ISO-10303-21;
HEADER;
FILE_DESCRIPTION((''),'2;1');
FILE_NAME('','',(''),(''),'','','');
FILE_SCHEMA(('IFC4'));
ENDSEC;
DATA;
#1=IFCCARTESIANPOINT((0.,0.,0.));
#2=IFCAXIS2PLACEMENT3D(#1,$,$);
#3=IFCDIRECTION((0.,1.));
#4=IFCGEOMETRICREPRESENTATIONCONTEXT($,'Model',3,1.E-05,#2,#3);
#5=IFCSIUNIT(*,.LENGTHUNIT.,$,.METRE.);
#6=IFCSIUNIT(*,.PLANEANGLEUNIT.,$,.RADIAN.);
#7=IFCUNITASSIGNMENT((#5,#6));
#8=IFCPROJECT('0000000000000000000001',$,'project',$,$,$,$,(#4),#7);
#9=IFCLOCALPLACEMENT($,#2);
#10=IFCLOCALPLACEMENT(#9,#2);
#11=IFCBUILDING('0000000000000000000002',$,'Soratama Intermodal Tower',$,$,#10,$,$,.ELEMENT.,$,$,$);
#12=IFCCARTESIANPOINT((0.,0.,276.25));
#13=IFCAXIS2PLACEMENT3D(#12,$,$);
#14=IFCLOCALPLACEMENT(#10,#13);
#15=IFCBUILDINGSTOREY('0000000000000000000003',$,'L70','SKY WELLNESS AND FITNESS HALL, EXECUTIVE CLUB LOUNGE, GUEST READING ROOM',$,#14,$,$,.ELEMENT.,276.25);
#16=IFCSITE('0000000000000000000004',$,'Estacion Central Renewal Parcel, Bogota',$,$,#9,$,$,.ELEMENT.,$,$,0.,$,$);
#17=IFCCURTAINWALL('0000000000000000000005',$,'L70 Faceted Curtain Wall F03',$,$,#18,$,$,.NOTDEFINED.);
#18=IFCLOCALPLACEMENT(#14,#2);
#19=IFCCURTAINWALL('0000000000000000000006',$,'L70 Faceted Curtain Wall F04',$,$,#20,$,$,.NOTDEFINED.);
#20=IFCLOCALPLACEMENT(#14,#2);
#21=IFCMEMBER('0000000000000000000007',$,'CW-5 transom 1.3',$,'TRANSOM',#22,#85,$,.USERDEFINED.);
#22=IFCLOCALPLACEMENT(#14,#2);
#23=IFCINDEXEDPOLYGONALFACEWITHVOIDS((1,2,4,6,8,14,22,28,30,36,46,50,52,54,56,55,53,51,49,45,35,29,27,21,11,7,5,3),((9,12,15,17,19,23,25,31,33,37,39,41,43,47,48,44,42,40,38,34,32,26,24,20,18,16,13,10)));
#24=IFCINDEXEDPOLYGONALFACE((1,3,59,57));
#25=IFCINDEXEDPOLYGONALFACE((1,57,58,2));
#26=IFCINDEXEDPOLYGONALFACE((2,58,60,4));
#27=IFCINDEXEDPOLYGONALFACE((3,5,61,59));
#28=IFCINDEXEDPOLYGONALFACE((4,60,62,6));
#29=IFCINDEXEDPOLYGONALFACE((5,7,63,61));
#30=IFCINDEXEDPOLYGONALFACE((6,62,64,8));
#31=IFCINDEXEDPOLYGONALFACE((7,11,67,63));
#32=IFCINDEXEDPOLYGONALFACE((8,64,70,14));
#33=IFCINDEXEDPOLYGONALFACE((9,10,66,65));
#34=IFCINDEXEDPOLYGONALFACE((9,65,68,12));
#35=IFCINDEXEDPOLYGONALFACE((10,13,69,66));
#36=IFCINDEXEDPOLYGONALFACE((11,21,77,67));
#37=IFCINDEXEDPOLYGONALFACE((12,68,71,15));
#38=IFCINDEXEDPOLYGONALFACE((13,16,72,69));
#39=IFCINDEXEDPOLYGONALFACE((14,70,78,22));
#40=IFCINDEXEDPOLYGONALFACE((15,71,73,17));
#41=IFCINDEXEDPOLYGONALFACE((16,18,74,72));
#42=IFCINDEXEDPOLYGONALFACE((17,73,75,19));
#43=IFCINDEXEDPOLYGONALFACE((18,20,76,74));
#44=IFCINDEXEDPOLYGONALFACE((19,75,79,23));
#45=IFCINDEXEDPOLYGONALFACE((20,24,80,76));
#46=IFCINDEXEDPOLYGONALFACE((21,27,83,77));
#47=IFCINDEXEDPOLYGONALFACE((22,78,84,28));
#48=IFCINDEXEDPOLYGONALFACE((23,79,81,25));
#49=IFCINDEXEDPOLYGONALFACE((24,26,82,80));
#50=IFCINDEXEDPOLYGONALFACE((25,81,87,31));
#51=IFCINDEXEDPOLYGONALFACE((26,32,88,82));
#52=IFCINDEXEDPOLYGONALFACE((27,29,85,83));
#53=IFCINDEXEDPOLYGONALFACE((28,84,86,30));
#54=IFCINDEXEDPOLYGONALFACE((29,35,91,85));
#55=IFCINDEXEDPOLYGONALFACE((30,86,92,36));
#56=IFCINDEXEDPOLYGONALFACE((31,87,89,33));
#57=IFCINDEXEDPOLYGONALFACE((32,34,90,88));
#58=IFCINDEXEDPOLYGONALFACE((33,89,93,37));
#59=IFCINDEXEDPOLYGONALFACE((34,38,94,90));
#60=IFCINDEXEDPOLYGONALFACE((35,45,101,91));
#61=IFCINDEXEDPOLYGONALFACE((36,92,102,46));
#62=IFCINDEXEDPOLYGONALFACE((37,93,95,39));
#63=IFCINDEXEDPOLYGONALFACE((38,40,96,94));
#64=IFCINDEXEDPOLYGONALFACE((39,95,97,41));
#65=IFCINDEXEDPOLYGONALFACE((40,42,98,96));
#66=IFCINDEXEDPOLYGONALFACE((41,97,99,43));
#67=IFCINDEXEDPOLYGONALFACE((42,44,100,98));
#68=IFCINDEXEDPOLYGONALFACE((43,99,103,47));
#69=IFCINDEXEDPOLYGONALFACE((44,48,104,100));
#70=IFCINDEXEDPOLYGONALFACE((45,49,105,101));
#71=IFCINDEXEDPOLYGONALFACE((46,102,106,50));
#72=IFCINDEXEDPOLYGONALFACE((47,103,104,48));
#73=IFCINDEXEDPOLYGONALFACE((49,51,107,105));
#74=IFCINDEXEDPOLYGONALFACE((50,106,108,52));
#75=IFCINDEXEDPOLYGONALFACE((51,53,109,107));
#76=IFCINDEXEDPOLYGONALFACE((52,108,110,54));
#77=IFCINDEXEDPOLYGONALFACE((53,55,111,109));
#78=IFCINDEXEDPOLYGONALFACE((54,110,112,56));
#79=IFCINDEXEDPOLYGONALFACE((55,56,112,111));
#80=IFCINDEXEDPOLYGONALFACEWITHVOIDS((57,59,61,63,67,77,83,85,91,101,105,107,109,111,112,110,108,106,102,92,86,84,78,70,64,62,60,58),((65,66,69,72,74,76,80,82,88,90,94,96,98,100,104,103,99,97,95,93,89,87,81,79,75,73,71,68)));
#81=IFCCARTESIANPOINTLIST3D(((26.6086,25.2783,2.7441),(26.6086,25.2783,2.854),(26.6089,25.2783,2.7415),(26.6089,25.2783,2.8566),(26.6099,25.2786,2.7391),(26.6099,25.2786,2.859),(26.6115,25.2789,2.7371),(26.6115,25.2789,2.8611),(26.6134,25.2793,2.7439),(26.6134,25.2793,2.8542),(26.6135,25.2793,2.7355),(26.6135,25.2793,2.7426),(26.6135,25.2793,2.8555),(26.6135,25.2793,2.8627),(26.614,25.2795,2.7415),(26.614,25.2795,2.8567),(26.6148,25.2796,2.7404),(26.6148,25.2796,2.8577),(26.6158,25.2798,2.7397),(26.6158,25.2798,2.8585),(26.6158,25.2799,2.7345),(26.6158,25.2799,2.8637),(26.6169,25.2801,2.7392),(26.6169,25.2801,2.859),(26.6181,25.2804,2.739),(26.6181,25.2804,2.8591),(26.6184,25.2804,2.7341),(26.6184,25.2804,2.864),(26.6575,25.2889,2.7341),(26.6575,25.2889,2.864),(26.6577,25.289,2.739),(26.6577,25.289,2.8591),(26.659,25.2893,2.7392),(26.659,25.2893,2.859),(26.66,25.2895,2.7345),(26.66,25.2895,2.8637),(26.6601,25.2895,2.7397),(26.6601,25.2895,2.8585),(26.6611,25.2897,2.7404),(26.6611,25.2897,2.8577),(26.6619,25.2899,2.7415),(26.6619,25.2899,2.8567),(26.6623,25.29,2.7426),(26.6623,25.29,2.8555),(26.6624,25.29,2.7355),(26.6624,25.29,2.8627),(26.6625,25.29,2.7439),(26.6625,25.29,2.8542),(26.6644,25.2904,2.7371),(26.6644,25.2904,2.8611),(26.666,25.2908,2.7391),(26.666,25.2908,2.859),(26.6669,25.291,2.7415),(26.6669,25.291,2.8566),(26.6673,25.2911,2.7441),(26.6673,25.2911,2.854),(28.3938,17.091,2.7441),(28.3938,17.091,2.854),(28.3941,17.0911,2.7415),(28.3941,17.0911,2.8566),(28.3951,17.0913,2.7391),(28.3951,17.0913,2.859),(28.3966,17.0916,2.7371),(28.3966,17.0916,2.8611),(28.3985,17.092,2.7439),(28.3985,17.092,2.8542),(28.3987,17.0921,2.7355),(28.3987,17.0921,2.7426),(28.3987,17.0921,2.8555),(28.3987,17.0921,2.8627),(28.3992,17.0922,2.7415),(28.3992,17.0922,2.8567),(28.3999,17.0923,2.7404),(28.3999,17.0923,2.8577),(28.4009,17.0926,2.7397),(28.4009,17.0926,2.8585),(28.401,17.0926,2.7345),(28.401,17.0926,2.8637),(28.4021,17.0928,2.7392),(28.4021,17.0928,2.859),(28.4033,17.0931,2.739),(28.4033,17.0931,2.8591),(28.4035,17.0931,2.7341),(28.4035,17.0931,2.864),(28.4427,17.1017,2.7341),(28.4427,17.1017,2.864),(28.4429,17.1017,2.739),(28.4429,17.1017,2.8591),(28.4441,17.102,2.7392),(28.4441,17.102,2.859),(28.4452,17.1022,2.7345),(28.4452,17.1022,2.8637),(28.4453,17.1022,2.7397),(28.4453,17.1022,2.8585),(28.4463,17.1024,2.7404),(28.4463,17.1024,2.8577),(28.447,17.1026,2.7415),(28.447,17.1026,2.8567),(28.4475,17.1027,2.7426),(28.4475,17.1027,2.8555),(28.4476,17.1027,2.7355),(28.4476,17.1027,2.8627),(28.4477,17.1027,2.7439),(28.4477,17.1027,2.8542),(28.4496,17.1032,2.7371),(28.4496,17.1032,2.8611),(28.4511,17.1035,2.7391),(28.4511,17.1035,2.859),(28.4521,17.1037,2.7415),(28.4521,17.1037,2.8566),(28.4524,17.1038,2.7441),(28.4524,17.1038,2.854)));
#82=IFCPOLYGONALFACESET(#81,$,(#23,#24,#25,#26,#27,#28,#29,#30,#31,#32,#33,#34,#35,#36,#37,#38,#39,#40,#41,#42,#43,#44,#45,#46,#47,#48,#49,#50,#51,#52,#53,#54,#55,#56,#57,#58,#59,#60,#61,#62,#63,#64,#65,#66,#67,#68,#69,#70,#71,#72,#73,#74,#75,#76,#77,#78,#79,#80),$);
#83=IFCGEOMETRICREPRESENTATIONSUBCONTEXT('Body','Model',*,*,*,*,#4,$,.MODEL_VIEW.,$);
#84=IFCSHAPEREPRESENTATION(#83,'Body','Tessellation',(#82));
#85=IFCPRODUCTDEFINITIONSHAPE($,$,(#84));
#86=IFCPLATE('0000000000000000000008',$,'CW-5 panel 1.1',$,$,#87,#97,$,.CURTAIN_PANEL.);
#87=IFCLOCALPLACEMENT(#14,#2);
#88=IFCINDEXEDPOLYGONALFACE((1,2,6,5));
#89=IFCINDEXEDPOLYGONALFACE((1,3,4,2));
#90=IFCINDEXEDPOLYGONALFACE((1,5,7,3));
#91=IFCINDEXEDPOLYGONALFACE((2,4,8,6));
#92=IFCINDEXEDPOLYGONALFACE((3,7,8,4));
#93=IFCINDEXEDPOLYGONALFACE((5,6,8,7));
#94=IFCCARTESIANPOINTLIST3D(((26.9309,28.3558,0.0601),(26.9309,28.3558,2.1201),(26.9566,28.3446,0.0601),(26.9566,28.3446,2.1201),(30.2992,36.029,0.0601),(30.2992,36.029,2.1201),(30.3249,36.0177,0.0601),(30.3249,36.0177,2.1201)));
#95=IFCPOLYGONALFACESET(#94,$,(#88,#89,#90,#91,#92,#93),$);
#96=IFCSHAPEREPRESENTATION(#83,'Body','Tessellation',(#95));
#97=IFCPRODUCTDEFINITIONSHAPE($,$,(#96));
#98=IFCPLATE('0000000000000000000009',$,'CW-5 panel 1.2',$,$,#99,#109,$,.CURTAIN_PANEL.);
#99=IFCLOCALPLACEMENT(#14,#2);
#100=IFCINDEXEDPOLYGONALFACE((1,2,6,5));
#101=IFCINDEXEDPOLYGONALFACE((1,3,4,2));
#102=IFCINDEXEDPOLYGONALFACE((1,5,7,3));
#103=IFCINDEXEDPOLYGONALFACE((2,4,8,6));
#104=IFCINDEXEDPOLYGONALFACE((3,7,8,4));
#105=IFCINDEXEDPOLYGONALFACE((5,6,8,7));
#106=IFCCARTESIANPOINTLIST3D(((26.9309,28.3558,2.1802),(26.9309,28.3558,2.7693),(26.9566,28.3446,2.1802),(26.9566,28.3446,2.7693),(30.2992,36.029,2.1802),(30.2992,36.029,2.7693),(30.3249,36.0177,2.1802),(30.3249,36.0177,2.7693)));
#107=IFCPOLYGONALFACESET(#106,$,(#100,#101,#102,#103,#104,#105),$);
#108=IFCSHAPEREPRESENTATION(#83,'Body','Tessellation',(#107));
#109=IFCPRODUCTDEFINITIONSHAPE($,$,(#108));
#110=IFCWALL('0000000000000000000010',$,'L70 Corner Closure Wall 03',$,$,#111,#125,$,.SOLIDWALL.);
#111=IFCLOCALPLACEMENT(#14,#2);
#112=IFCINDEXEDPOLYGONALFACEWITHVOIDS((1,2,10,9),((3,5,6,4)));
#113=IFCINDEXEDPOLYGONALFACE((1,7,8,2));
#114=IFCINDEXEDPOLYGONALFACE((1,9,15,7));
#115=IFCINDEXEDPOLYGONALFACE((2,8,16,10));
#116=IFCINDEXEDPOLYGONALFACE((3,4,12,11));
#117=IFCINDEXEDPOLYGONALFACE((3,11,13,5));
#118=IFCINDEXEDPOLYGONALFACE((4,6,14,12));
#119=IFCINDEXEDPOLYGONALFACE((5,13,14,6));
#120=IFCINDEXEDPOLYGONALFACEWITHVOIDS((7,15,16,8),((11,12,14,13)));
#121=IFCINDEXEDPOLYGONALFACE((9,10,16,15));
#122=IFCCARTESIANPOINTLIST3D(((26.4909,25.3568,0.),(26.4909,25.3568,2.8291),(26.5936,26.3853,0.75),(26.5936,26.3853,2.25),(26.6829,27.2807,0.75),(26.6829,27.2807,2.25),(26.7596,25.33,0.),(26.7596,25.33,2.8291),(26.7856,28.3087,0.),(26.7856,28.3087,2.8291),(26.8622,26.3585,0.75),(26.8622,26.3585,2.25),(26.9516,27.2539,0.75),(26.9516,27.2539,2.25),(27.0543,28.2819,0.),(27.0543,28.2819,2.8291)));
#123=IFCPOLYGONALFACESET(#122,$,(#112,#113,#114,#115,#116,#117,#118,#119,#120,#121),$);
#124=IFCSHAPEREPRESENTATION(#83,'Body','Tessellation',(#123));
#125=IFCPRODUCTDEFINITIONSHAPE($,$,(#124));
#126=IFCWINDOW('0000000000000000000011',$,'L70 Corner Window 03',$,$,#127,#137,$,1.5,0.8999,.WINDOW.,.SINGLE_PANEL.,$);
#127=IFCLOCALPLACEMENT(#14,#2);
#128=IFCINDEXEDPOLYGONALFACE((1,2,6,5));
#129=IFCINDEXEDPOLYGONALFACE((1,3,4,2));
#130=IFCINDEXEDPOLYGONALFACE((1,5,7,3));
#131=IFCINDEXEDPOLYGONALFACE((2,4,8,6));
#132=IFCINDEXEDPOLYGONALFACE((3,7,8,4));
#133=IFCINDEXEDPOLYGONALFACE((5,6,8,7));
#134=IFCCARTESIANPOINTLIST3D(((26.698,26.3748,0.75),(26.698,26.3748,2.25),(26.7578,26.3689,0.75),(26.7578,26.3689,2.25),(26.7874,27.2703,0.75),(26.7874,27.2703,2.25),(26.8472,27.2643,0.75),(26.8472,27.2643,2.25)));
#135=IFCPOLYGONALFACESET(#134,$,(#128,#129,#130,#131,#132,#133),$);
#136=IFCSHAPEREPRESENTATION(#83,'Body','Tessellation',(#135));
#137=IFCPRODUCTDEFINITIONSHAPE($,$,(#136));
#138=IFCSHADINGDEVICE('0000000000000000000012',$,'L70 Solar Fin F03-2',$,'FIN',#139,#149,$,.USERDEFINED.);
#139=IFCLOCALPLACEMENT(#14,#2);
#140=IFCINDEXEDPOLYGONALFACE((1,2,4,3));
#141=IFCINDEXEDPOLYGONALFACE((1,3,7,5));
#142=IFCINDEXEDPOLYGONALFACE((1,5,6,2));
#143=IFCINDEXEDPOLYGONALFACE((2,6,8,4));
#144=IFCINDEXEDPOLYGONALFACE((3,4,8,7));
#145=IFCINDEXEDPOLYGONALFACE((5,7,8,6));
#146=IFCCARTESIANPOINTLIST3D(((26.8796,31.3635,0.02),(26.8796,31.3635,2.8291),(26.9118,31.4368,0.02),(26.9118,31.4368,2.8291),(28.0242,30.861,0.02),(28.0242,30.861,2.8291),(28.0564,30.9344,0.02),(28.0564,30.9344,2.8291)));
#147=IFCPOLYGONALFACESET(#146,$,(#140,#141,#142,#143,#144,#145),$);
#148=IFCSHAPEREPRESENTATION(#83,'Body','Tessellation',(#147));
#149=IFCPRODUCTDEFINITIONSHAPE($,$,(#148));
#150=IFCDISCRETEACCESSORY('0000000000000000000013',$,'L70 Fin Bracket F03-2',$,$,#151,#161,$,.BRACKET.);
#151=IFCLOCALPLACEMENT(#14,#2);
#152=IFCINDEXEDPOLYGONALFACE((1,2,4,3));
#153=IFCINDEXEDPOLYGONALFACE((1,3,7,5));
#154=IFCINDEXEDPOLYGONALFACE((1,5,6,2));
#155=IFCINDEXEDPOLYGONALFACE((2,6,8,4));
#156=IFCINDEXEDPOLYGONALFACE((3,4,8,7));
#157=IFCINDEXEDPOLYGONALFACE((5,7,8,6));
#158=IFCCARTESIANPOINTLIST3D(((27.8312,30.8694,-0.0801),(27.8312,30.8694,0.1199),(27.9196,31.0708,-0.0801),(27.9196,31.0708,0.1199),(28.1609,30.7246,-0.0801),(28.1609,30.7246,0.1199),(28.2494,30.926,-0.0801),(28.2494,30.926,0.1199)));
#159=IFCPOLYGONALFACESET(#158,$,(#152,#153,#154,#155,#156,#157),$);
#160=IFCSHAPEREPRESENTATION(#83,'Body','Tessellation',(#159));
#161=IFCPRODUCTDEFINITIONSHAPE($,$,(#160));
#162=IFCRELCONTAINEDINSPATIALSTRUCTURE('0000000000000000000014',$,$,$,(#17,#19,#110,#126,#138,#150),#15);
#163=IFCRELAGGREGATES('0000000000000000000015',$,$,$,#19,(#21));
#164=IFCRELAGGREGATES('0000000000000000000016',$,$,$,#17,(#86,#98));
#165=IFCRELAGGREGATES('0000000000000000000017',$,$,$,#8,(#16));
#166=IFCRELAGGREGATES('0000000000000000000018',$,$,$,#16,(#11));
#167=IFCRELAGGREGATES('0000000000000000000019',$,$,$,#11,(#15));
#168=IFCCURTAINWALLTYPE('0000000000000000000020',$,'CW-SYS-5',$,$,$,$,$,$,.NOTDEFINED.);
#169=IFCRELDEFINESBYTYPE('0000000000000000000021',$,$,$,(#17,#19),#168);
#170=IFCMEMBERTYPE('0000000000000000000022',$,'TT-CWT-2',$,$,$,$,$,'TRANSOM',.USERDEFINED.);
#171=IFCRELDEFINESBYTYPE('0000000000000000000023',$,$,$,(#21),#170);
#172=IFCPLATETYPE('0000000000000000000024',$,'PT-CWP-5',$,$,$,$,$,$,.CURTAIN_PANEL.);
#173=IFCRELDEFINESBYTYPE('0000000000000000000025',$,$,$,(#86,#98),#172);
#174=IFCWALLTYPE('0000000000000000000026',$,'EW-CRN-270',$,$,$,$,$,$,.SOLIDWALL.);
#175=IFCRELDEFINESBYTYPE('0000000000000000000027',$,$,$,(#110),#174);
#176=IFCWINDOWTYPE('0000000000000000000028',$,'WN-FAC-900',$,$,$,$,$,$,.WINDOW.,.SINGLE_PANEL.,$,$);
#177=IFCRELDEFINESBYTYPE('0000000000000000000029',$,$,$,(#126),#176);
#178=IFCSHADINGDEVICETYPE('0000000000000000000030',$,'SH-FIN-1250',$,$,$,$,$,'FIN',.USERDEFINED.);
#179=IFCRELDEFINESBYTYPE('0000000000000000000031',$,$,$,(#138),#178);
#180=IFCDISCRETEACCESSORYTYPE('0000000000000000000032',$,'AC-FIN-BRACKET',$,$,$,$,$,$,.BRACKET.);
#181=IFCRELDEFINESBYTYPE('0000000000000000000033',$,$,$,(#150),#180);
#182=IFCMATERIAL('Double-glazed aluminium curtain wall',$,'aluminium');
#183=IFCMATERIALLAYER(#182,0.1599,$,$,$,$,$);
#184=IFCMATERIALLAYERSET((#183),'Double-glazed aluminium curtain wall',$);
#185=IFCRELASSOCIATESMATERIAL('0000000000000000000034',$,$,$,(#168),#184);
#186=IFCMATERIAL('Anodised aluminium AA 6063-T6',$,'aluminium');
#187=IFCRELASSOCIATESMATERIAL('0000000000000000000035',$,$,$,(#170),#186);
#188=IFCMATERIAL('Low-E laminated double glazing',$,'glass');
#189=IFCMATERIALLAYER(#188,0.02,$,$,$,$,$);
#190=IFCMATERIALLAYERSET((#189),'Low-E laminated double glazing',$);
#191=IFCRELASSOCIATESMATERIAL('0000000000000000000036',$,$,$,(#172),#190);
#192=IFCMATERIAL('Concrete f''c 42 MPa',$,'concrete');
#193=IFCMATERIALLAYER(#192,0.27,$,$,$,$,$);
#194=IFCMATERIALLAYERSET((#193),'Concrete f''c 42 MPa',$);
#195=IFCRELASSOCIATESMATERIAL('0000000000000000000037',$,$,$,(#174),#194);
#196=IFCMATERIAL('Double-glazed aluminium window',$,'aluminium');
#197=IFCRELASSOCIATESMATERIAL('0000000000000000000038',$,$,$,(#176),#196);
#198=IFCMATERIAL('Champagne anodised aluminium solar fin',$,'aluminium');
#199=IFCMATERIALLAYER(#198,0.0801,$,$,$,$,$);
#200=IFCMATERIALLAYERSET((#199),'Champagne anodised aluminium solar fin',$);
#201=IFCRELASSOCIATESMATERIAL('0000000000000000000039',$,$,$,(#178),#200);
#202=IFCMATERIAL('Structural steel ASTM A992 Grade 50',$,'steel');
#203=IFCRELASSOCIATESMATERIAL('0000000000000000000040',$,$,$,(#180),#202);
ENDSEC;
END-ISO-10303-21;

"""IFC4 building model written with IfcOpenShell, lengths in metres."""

from ifc_helpers import new_model, si_unit, direction, frame, frame_2d, origin, origin_2d, place, context, subcontext, project, spatial, rectangle, hollow_rectangle, extrude, material, layer, layer_set, material_profile, profile_set, type_object, element, fill, aggregate, save


model = new_model("IFC4")

# Units and contexts
model_context = context("Model", 3, precision=1e-05, world=origin(), true_north=direction((0.0, 1.0)))
body_context = subcontext(model_context, "Body", "Model", "MODEL_VIEW")
ifc_project = project(units=[si_unit("LENGTHUNIT", "METRE"), si_unit("PLANEANGLEUNIT", "RADIAN")], contexts=[model_context])

# Site, building, storey
site_placement = place(None, origin())
site = spatial("IfcSite", under=ifc_project, at=site_placement, Name="Estacion Central Renewal Parcel, Bogota", CompositionType="ELEMENT", RefElevation=0.0)
building_placement = place(site_placement, origin())
building = spatial("IfcBuilding", under=site, at=building_placement, Name="Soratama Intermodal Tower", CompositionType="ELEMENT")
storey_placement = place(building_placement, frame((0.0, 0.0, 276.25)))
storey = spatial("IfcBuildingStorey", under=building, at=storey_placement, Name="L70", Description="SKY WELLNESS AND FITNESS HALL, EXECUTIVE CLUB LOUNGE, GUEST READING ROOM", CompositionType="ELEMENT", Elevation=276.25)

# Curtain wall
ifc_material_1 = material(Name="Double-glazed aluminium curtain wall", Category="aluminium")
ifc_layer_1 = layer(ifc_material_1, 0.1599)
ifc_layer_set_1 = layer_set([ifc_layer_1], Name="Double-glazed aluminium curtain wall")
curtain_wall_type = type_object("IfcCurtainWallType", Name="CW-SYS-5", PredefinedType="NOTDEFINED", material=ifc_layer_set_1)
curtain_wall_1_placement = place(storey_placement, origin())
curtain_wall_1 = element("IfcCurtainWall", 1, at=curtain_wall_1_placement, inside=storey, type_object=curtain_wall_type, Name="L70 Faceted Curtain Wall F03", PredefinedType="NOTDEFINED")

# Curtain wall, member
curtain_wall_2_placement = place(storey_placement, origin())
curtain_wall_2 = element("IfcCurtainWall", 2, at=curtain_wall_2_placement, inside=storey, type_object=curtain_wall_type, Name="L70 Faceted Curtain Wall F04", PredefinedType="NOTDEFINED")
ifc_material_2 = material(Name="Anodised aluminium AA 6063-T6", Category="aluminium")
ifc_material_profile_1 = material_profile(ifc_material_2, hollow_rectangle(XDim=0.0601, YDim=0.1299, WallThickness=0.0049, InnerFilletRadius=0.0049, OuterFilletRadius=0.01, at=origin_2d()), Name="CWT130X60X5")
ifc_profile_set_1 = profile_set([ifc_material_profile_1], Name="Anodised aluminium AA 6063-T6")
member_type_1 = type_object("IfcMemberType", Name="TT-CWT-2", ElementType="TRANSOM", PredefinedType="USERDEFINED", material=ifc_profile_set_1)
member_1_placement = place(storey_placement, frame((26.6379, 25.2847, 2.7991), z_axis=(0.213036, -0.977044, 0.0), x_axis=(0.977044, 0.213036, 0.0)))
member_1 = element("IfcMember", 3, at=member_1_placement, type_object=member_type_1, Name="CW-5 transom 1.3", ObjectType="TRANSOM", PredefinedType="USERDEFINED", context=body_context, shape_type="SweptSolid", body=[
    extrude(hollow_rectangle(XDim=0.0601, YDim=0.1299, WallThickness=0.0049, InnerFilletRadius=0.0049, OuterFilletRadius=0.01, at=origin_2d()), origin(), (0.0, 0.0, 1.0), 8.3796),
])
aggregate(curtain_wall_2, [member_1])

# Plates
ifc_material_3 = material(Name="Low-E laminated double glazing", Category="glass")
ifc_layer_2 = layer(ifc_material_3, 0.02)
ifc_layer_set_2 = layer_set([ifc_layer_2], Name="Low-E laminated double glazing")
plate_type = type_object("IfcPlateType", Name="PT-CWP-5", PredefinedType="CURTAIN_PANEL", material=ifc_layer_set_2)
plate_1_placement = place(storey_placement, frame((28.6279, 32.1868, 0.0601), z_axis=(0.0, 0.0, 1.0), x_axis=(-0.401952, -0.915661, 0.0)))
plate_1 = element("IfcPlate", 4, at=plate_1_placement, type_object=plate_type, Name="CW-5 panel 1.1", PredefinedType="CURTAIN_PANEL", context=body_context, shape_type="SweptSolid", body=[
    extrude(rectangle(XDim=8.3799, YDim=0.0281, at=origin_2d()), origin(), (0.0, 0.0, 1.0), 2.0601),
])
plate_2_placement = place(storey_placement, frame((28.6279, 32.1868, 2.1802), z_axis=(0.0, 0.0, 1.0), x_axis=(-0.401952, -0.915661, 0.0)))
plate_2 = element("IfcPlate", 5, at=plate_2_placement, type_object=plate_type, Name="CW-5 panel 1.2", PredefinedType="CURTAIN_PANEL", context=body_context, shape_type="SweptSolid", body=[
    extrude(rectangle(XDim=8.3799, YDim=0.0281, at=origin_2d()), origin(), (0.0, 0.0, 1.0), 0.5891),
])
aggregate(curtain_wall_1, [plate_1, plate_2])

# Wall, opening, window
ifc_material_4 = material(Name="Concrete f'c 42 MPa", Category="concrete")
ifc_layer_3 = layer(ifc_material_4, 0.27)
ifc_layer_set_3 = layer_set([ifc_layer_3], Name="Concrete f'c 42 MPa")
wall_type = type_object("IfcWallType", Name="EW-CRN-270", PredefinedType="SOLIDWALL", material=ifc_layer_set_3)
wall_placement = place(storey_placement, frame((26.9199, 28.2954, 0.0), z_axis=(0.0, 0.0, 1.0), x_axis=(-0.099333, -0.995054, 0.0)))
wall = element("IfcWall", 6, at=wall_placement, inside=storey, type_object=wall_type, Name="L70 Corner Closure Wall 03", PredefinedType="SOLIDWALL", context=body_context, shape_type="SweptSolid", body=[
    extrude(rectangle(XDim=2.9666, YDim=0.27, at=frame_2d((1.4834, 0.0))), origin(), (0.0, 0.0, 1.0), 2.8291),
])
opening_placement = place(wall_placement, frame((1.0332, 0.0, 0.75)))
opening = element("IfcOpeningElement", 7, at=opening_placement, cuts=wall, PredefinedType="OPENING", context=body_context, shape_type="SweptSolid", body=[
    extrude(rectangle(XDim=0.8999, YDim=1.5, at=frame_2d((0.45, 0.75))), frame((0.0, 0.145, 0.0), z_axis=(0.0, -1.0, 0.0), x_axis=(1.0, 0.0, 0.0)), (0.0, 0.0, 1.0), 0.29),
])
ifc_material_5 = material(Name="Double-glazed aluminium window", Category="aluminium")
window_type = type_object("IfcWindowType", Name="WN-FAC-900", PartitioningType="SINGLE_PANEL", PredefinedType="WINDOW", material=ifc_material_5)
window_placement = place(opening_placement, origin())
window = element("IfcWindow", 8, at=window_placement, inside=storey, type_object=window_type, Name="L70 Corner Window 03", OverallHeight=1.5, OverallWidth=0.8999, PartitioningType="SINGLE_PANEL", PredefinedType="WINDOW", context=body_context, shape_type="SweptSolid", body=[
    extrude(rectangle(XDim=0.8999, YDim=1.5, at=frame_2d((0.45, 0.75))), frame((0.0, 0.03, 0.0), z_axis=(0.0, -1.0, 0.0), x_axis=(1.0, 0.0, 0.0)), (0.0, 0.0, 1.0), 0.0601),
])
fill(opening, window)

# Shading device
ifc_material_6 = material(Name="Champagne anodised aluminium solar fin", Category="aluminium")
ifc_layer_4 = layer(ifc_material_6, 0.0801)
ifc_layer_set_4 = layer_set([ifc_layer_4], Name="Champagne anodised aluminium solar fin")
shading_device_type = type_object("IfcShadingDeviceType", Name="SH-FIN-1250", ElementType="FIN", PredefinedType="USERDEFINED", material=ifc_layer_set_4)
shading_device_placement = place(storey_placement, frame((27.468, 31.1489, 0.02), z_axis=(0.0, 0.0, 1.0), x_axis=(-0.915663, 0.401948, 0.0)))
element("IfcShadingDevice", 9, at=shading_device_placement, inside=storey, type_object=shading_device_type, Name="L70 Solar Fin F03-2", ObjectType="FIN", PredefinedType="USERDEFINED", context=body_context, shape_type="SweptSolid", body=[
    extrude(rectangle(XDim=1.25, YDim=0.0801, at=origin_2d()), origin(), (0.0, 0.0, 1.0), 2.8091),
])

# Discrete accessory
ifc_material_7 = material(Name="Structural steel ASTM A992 Grade 50", Category="steel")
discrete_accessory_type = type_object("IfcDiscreteAccessoryType", Name="AC-FIN-BRACKET", PredefinedType="BRACKET", material=ifc_material_7)
discrete_accessory_placement = place(storey_placement, frame((28.0403, 30.8977, -0.0801), z_axis=(0.0, 0.0, 1.0), x_axis=(-0.915663, 0.401948, 0.0)))
element("IfcDiscreteAccessory", 10, at=discrete_accessory_placement, inside=storey, type_object=discrete_accessory_type, Name="L70 Fin Bracket F03-2", PredefinedType="BRACKET", context=body_context, shape_type="SweptSolid", body=[
    extrude(rectangle(XDim=0.3601, YDim=0.22, at=origin_2d()), origin(), (0.0, 0.0, 1.0), 0.2),
])

save(model, "model.ifc")
